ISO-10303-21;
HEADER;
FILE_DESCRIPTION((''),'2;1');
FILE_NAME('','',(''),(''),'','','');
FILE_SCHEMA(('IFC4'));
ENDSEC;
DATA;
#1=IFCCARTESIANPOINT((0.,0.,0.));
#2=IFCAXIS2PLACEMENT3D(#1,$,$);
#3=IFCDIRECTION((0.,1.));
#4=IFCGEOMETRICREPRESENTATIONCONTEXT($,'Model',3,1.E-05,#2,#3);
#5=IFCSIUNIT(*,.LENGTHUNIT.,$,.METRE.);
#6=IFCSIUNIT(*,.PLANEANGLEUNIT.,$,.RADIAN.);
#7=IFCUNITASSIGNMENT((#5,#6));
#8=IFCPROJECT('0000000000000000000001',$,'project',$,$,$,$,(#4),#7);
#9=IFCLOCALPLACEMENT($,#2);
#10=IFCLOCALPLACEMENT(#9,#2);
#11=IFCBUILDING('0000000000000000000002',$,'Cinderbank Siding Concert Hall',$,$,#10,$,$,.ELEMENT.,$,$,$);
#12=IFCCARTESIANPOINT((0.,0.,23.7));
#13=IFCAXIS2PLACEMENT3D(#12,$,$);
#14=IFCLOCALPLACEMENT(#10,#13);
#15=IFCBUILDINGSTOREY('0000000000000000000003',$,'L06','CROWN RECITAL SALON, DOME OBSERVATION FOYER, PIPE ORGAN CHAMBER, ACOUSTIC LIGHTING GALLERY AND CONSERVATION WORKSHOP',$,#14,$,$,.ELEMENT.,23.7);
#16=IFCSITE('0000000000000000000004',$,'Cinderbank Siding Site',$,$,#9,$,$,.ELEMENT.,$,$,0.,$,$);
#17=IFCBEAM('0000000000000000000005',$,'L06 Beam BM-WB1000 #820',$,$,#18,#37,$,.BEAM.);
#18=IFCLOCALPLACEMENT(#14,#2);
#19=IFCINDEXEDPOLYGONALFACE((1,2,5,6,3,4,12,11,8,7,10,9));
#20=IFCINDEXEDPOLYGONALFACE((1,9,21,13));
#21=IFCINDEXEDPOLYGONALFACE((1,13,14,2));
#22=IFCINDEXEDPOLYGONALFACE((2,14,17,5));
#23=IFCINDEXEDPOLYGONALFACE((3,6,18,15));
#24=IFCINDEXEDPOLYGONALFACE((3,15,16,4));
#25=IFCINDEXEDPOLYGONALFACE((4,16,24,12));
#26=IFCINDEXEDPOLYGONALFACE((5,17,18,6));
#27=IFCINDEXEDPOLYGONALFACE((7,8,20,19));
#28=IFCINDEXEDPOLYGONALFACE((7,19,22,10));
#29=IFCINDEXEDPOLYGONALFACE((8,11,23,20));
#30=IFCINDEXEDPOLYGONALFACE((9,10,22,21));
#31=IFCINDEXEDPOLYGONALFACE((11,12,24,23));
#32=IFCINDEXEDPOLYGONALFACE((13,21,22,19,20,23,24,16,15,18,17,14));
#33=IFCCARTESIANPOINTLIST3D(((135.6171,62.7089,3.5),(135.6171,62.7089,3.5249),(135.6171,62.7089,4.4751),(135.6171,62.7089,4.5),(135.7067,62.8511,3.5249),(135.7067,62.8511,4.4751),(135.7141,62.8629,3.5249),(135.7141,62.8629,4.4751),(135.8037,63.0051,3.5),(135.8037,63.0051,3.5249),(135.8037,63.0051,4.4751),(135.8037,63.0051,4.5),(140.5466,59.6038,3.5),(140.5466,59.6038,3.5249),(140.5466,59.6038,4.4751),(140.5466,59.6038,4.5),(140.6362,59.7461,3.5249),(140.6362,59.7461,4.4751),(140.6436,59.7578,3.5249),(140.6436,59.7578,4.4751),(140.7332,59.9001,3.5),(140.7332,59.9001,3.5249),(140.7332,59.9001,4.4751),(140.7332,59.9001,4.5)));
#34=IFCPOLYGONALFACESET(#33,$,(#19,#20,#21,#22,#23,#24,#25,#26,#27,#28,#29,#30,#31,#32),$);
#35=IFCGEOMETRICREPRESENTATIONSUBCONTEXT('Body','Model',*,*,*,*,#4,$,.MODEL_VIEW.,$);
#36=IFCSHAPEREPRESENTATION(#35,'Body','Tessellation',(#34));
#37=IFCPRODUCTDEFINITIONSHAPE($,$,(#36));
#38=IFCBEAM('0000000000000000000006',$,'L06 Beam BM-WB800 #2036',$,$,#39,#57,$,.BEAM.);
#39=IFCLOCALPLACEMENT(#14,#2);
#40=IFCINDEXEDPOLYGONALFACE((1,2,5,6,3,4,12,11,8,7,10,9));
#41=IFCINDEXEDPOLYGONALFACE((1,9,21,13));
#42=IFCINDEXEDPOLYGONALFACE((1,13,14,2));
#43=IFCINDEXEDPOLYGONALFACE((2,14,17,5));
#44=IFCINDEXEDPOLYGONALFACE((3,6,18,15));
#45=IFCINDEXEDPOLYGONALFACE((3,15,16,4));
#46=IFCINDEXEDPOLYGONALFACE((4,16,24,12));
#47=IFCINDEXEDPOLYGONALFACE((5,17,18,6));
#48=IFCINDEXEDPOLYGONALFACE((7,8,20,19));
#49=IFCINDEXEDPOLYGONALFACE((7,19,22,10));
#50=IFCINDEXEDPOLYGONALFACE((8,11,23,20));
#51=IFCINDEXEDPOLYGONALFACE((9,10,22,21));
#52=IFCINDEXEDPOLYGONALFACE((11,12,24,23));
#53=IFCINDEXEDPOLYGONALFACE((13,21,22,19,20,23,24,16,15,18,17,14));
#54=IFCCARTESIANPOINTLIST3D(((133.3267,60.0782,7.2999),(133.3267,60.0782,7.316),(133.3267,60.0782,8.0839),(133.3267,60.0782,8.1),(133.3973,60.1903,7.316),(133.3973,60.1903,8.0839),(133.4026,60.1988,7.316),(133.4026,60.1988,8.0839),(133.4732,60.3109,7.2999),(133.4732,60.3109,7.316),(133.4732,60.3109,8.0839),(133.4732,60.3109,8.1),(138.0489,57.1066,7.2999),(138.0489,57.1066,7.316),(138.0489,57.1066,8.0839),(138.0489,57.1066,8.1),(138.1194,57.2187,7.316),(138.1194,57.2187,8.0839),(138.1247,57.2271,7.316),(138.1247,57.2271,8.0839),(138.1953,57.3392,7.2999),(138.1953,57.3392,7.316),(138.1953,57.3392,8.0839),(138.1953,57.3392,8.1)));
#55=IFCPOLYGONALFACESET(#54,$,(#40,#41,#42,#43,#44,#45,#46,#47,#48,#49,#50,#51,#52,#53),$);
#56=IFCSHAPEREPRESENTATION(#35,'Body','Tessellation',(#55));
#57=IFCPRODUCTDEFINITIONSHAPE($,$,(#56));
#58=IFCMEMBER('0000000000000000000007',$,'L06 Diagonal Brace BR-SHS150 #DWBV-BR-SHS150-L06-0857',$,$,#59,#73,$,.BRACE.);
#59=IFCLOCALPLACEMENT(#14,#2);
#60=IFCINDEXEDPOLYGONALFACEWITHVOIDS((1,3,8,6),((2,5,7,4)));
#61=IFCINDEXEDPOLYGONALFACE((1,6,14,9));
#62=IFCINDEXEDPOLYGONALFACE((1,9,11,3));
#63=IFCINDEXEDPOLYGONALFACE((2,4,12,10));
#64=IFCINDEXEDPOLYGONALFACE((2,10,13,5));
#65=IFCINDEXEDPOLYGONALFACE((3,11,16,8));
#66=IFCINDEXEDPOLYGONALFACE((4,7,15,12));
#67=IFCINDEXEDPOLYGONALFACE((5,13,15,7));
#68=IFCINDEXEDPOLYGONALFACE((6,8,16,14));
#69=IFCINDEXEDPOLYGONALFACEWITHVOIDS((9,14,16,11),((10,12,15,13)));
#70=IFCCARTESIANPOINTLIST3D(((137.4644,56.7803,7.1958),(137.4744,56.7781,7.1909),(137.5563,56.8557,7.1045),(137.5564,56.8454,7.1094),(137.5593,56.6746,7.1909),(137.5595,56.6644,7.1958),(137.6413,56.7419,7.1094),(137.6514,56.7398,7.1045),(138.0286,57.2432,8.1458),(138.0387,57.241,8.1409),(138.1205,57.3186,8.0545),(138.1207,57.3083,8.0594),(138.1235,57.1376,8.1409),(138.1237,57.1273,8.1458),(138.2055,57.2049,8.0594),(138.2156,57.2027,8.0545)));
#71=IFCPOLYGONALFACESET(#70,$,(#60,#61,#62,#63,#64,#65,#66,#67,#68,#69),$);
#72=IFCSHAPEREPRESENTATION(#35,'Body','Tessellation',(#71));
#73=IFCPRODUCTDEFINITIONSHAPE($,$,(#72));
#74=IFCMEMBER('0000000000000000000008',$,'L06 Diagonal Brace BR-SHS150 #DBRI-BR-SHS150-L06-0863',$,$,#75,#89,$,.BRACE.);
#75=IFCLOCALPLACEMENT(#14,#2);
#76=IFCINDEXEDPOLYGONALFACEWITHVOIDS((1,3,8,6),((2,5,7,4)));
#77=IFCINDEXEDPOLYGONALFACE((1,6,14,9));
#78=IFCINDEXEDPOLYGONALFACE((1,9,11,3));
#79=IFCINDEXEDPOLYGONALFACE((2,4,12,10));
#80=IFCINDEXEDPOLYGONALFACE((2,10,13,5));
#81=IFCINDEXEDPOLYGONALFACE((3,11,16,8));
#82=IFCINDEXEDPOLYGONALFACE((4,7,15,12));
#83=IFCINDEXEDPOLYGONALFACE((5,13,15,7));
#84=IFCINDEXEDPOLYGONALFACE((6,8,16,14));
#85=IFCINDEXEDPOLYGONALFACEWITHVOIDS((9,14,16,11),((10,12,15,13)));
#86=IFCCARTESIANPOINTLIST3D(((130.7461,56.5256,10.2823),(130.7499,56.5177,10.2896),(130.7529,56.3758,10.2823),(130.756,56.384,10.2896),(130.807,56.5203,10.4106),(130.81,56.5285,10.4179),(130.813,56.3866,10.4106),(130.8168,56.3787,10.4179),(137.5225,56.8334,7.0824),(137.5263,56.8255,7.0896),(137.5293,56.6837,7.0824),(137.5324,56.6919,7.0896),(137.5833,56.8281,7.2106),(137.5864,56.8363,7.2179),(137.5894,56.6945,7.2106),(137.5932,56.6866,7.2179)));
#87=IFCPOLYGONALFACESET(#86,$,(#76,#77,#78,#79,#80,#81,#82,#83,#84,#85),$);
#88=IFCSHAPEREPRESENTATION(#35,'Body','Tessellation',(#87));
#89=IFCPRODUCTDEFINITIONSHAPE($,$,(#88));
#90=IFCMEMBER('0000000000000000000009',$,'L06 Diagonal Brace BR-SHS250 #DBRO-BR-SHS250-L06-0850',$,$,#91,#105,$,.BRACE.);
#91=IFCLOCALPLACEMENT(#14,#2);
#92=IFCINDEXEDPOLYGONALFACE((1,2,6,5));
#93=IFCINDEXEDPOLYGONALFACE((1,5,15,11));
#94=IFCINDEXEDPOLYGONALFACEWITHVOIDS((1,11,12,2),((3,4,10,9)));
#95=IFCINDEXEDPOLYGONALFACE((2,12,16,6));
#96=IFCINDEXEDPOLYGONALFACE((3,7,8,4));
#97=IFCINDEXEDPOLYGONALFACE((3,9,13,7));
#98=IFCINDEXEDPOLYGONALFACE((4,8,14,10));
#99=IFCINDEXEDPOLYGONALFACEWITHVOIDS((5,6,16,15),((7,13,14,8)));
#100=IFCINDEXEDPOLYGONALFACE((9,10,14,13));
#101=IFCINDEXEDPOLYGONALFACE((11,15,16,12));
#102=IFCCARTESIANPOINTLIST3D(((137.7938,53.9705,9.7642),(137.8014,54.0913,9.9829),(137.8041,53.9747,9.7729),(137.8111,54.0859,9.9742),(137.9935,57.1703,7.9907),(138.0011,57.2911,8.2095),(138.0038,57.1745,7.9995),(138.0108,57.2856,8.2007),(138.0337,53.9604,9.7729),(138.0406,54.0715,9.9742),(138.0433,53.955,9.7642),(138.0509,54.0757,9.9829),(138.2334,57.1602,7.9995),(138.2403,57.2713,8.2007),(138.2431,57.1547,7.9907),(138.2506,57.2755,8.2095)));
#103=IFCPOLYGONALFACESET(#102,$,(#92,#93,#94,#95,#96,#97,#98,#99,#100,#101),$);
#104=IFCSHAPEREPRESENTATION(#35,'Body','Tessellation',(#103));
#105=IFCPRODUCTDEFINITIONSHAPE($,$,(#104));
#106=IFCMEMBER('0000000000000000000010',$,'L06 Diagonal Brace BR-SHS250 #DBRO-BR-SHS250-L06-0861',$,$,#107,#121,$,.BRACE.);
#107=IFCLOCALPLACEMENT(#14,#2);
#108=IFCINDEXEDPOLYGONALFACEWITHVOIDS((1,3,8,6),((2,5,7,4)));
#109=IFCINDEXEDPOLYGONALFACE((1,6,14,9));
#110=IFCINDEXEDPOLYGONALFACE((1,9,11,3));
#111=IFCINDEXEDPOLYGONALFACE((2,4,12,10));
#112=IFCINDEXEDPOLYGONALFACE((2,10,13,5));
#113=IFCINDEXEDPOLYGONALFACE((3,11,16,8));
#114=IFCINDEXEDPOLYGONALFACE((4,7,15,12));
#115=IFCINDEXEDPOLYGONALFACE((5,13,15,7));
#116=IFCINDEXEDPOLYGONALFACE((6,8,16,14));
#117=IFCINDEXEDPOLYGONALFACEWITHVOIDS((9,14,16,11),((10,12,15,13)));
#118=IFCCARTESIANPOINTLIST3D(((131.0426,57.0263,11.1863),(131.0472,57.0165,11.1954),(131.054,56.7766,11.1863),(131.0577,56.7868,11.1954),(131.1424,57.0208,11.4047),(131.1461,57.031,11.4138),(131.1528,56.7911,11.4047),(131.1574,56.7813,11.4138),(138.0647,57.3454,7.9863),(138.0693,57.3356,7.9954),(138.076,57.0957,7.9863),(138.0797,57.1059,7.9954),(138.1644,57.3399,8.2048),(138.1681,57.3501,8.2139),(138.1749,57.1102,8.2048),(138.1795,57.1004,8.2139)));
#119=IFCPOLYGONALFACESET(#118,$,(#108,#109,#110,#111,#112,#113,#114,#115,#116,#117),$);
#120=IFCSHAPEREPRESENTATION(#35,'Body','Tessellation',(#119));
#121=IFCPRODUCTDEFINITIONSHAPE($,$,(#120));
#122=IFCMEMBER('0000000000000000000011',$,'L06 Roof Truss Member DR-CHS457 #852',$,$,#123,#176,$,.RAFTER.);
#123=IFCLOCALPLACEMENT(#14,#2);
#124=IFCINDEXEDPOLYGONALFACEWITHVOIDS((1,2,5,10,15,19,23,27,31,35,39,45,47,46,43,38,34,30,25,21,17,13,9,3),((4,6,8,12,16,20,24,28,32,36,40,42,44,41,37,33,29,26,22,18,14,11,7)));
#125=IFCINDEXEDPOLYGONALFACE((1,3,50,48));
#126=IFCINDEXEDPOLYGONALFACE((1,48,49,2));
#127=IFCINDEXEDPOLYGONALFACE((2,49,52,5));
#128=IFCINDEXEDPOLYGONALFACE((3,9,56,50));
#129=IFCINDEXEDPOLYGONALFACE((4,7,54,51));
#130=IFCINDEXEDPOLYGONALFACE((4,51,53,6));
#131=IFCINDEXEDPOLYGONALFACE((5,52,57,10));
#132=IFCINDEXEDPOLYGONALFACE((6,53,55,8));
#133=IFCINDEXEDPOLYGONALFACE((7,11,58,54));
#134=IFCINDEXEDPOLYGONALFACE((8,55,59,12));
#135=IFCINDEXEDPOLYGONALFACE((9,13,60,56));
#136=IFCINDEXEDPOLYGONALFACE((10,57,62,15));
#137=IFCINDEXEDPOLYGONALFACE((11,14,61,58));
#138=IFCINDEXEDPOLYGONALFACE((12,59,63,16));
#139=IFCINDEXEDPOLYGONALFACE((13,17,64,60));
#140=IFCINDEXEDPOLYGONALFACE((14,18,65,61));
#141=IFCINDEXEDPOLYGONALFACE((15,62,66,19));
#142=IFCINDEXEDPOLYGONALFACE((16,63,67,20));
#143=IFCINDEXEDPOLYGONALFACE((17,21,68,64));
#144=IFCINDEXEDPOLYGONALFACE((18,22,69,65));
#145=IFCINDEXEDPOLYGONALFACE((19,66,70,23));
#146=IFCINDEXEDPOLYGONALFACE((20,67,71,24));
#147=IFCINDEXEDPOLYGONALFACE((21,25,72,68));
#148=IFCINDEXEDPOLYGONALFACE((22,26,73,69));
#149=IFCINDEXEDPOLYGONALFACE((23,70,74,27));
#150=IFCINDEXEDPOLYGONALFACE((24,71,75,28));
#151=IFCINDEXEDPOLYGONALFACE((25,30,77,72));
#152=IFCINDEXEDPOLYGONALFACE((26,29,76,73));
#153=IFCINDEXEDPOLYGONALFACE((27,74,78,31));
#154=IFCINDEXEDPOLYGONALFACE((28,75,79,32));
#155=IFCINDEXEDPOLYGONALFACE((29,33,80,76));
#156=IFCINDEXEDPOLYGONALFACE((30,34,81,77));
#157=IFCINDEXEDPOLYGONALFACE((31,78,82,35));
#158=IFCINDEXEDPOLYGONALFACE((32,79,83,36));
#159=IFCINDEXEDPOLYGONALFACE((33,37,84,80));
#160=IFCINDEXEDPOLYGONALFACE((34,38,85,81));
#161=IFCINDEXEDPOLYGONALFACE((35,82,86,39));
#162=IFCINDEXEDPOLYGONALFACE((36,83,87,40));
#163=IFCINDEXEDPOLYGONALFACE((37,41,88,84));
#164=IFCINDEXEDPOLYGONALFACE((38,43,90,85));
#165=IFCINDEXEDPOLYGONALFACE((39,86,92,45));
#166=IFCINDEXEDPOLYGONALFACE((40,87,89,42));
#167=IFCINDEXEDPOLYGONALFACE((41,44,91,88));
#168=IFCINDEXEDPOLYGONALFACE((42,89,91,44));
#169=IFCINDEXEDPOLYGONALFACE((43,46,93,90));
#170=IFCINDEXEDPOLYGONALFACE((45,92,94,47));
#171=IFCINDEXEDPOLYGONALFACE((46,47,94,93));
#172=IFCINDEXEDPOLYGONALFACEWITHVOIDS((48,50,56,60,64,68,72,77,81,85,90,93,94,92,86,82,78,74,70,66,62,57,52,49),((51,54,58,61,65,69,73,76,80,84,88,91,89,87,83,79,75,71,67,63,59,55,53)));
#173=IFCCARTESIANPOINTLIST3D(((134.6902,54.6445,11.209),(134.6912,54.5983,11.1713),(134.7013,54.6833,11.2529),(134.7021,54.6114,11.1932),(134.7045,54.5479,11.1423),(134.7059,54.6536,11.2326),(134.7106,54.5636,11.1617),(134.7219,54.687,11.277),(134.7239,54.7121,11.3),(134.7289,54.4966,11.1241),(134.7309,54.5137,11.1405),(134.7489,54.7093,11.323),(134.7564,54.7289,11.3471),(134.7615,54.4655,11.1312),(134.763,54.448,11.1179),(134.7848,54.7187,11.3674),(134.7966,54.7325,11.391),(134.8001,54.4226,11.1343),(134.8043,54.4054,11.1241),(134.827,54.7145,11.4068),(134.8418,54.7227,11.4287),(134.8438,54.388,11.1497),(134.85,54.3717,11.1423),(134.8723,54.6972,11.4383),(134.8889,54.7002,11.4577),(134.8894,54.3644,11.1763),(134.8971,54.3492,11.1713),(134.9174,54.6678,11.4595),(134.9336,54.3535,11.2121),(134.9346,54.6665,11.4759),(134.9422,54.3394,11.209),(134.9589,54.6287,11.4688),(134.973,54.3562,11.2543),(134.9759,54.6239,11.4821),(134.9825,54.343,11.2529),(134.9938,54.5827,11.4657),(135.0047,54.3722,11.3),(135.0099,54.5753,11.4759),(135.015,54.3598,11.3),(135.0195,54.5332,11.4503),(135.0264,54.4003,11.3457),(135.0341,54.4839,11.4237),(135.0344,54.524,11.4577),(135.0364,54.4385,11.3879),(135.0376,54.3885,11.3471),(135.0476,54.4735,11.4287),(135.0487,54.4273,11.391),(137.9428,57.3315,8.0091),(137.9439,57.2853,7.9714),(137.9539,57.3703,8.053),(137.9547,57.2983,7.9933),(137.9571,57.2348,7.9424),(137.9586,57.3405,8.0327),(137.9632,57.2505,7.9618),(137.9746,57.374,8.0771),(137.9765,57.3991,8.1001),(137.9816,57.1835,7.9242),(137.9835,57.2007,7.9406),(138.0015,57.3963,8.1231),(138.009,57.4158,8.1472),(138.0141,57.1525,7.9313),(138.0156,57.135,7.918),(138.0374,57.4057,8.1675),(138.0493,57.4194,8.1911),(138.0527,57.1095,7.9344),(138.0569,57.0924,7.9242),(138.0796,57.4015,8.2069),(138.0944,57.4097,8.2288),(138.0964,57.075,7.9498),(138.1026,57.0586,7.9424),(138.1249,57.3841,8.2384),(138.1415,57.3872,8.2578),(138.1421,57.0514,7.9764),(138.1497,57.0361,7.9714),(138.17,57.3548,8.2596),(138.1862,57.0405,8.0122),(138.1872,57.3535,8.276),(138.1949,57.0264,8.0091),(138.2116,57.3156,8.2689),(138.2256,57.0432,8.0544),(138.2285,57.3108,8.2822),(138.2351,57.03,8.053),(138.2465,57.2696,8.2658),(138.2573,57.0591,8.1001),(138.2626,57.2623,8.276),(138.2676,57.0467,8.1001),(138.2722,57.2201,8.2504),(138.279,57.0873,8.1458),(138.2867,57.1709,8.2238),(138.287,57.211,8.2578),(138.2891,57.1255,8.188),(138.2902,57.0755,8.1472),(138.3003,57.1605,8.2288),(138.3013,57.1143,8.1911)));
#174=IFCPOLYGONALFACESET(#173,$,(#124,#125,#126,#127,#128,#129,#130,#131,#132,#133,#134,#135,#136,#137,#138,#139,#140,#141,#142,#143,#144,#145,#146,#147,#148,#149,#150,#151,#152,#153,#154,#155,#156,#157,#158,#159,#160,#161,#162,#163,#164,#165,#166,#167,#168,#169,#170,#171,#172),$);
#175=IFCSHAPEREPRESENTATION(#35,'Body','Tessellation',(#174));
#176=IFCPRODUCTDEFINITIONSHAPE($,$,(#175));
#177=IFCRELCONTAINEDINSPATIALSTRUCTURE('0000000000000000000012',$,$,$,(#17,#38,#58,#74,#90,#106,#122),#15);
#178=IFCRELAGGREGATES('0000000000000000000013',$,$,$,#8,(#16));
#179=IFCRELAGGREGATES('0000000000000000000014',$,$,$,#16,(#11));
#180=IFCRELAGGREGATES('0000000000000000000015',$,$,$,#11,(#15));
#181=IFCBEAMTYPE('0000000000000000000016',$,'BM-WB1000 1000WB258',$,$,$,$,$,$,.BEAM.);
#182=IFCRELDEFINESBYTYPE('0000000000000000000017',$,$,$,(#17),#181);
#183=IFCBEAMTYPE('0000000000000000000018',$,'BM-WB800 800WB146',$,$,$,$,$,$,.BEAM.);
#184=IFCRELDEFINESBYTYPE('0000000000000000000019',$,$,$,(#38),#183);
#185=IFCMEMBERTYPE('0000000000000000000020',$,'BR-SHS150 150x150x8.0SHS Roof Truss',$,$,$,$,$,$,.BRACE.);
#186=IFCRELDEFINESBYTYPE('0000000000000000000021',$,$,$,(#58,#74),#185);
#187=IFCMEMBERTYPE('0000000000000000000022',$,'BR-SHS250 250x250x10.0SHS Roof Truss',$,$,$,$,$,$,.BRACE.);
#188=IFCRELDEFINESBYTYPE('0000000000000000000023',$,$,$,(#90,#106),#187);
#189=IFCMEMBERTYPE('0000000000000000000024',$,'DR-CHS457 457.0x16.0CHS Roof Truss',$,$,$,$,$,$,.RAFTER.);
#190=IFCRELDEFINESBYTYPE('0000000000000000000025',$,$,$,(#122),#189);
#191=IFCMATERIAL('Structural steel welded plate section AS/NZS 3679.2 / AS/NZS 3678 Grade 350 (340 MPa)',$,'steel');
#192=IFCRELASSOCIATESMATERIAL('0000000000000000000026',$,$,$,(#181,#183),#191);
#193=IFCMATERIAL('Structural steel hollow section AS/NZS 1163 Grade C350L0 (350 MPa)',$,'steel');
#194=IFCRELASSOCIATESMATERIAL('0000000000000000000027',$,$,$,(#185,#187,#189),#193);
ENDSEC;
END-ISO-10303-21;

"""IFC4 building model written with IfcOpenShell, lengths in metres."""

from ifc_helpers import new_model, si_unit, direction, frame, origin, origin_2d, place, context, subcontext, project, spatial, hollow_rectangle, hollow_circle, i_section, extrude, material, material_profile, profile_set, type_object, element, save


model = new_model("IFC4")

# Units and contexts
model_context = context("Model", 3, precision=1e-05, world=origin(), true_north=direction((0.0, 1.0)))
body_context = subcontext(model_context, "Body", "Model", "MODEL_VIEW")
ifc_project = project(units=[si_unit("LENGTHUNIT", "METRE"), si_unit("PLANEANGLEUNIT", "RADIAN")], contexts=[model_context])

# Site, building, storey
site_placement = place(None, origin())
site = spatial("IfcSite", under=ifc_project, at=site_placement, Name="Cinderbank Siding Site", CompositionType="ELEMENT", RefElevation=0.0)
building_placement = place(site_placement, origin())
building = spatial("IfcBuilding", under=site, at=building_placement, Name="Cinderbank Siding Concert Hall", CompositionType="ELEMENT")
storey_placement = place(building_placement, frame((0.0, 0.0, 23.7)))
storey = spatial("IfcBuildingStorey", under=building, at=storey_placement, Name="L06", Description="CROWN RECITAL SALON, DOME OBSERVATION FOYER, PIPE ORGAN CHAMBER, ACOUSTIC LIGHTING GALLERY AND CONSERVATION WORKSHOP", CompositionType="ELEMENT", Elevation=23.7)

# Beams
ifc_material_1 = material(Name="Structural steel welded plate section AS/NZS 3679.2 / AS/NZS 3678 Grade 350 (340 MPa)", Category="steel")
ifc_material_profile_1 = material_profile(ifc_material_1, i_section(OverallWidth=0.3501, OverallDepth=1.0, WebThickness=0.0139, FlangeThickness=0.0249, at=origin_2d()), Name="1000WB258", Category="LoadBearing")
ifc_profile_set_1 = profile_set([ifc_material_profile_1], Name="Structural steel welded plate section AS/NZS 3679.2 / AS/NZS 3678 Grade 350 (340 MPa)")
beam_type_1 = type_object("IfcBeamType", Name="BM-WB1000 1000WB258", PredefinedType="BEAM", material=ifc_profile_set_1)
beam_1_placement = place(storey_placement, frame((140.6399, 59.752, 4.0), z_axis=(-0.846136, 0.532968, 0.0), x_axis=(-0.532968, -0.846136, 0.0)))
element("IfcBeam", 1, at=beam_1_placement, inside=storey, type_object=beam_type_1, Name="L06 Beam BM-WB1000 #820", PredefinedType="BEAM", context=body_context, shape_type="SweptSolid", body=[
    extrude(i_section(OverallWidth=0.3501, OverallDepth=1.0, WebThickness=0.0139, FlangeThickness=0.0249, at=origin_2d()), origin(), (0.0, 0.0, 1.0), 5.8259),
])
ifc_material_profile_2 = material_profile(ifc_material_1, i_section(OverallWidth=0.2749, OverallDepth=0.8, WebThickness=0.01, FlangeThickness=0.0161, at=origin_2d()), Name="800WB146", Category="LoadBearing")
ifc_profile_set_2 = profile_set([ifc_material_profile_2], Name="Structural steel welded plate section AS/NZS 3679.2 / AS/NZS 3678 Grade 350 (340 MPa)")
beam_type_2 = type_object("IfcBeamType", Name="BM-WB800 800WB146", PredefinedType="BEAM", material=ifc_profile_set_2)
beam_2_placement = place(storey_placement, frame((138.1221, 57.2229, 7.7), z_axis=(-0.846357, 0.532616, 0.0), x_axis=(-0.532616, -0.846357, 0.0)))
element("IfcBeam", 2, at=beam_2_placement, inside=storey, type_object=beam_type_2, Name="L06 Beam BM-WB800 #2036", PredefinedType="BEAM", context=body_context, shape_type="SweptSolid", body=[
    extrude(i_section(OverallWidth=0.2749, OverallDepth=0.8, WebThickness=0.01, FlangeThickness=0.0161, at=origin_2d()), origin(), (0.0, 0.0, 1.0), 5.5793),
])

# Members
ifc_material_2 = material(Name="Structural steel hollow section AS/NZS 1163 Grade C350L0 (350 MPa)", Category="steel")
ifc_material_profile_3 = material_profile(ifc_material_2, hollow_rectangle(XDim=0.1499, YDim=0.1499, WallThickness=0.0081, at=origin_2d()), Name="150x150x8.0SHS", Category="LoadBearing")
ifc_profile_set_3 = profile_set([ifc_material_profile_3], Name="Structural steel hollow section AS/NZS 1163 Grade C350L0 (350 MPa)")
member_type_1 = type_object("IfcMemberType", Name="BR-SHS150 150x150x8.0SHS Roof Truss", PredefinedType="BRACE", material=ifc_profile_set_3)
member_1_placement = place(storey_placement, frame((137.5579, 56.76, 7.1501), z_axis=(0.470991, 0.386413, 0.793002), x_axis=(-0.634276, 0.773107, 0.0)))
element("IfcMember", 3, at=member_1_placement, inside=storey, type_object=member_type_1, Name="L06 Diagonal Brace BR-SHS150 #DWBV-BR-SHS150-L06-0857", PredefinedType="BRACE", context=body_context, shape_type="SweptSolid", body=[
    extrude(hollow_rectangle(XDim=0.1499, YDim=0.1499, WallThickness=0.0081, at=origin_2d()), origin(), (0.0, 0.0, 1.0), 1.198),
])
member_2_placement = place(storey_placement, frame((137.5579, 56.76, 7.1501), z_axis=(-0.903487, -0.041047, 0.426646), x_axis=(0.045385, -0.99897, 0.0)))
element("IfcMember", 4, at=member_2_placement, inside=storey, type_object=member_type_1, Name="L06 Diagonal Brace BR-SHS150 #DBRI-BR-SHS150-L06-0863", PredefinedType="BRACE", context=body_context, shape_type="SweptSolid", body=[
    extrude(hollow_rectangle(XDim=0.1499, YDim=0.1499, WallThickness=0.0081, at=origin_2d()), origin(), (0.0, 0.0, 1.0), 7.5002),
])
ifc_material_profile_4 = material_profile(ifc_material_2, hollow_rectangle(XDim=0.25, YDim=0.25, WallThickness=0.01, at=origin_2d()), Name="250x250x10.0SHS", Category="LoadBearing")
ifc_profile_set_4 = profile_set([ifc_material_profile_4], Name="Structural steel hollow section AS/NZS 1163 Grade C350L0 (350 MPa)")
member_type_2 = type_object("IfcMemberType", Name="BR-SHS250 250x250x10.0SHS Roof Truss", PredefinedType="BRACE", material=ifc_profile_set_4)
member_3_placement = place(storey_placement, frame((138.1221, 57.2229, 8.1001), z_axis=(-0.054509, -0.873341, 0.484049), x_axis=(0.998058, -0.062293, 0.0)))
element("IfcMember", 5, at=member_3_placement, inside=storey, type_object=member_type_2, Name="L06 Diagonal Brace BR-SHS250 #DBRO-BR-SHS250-L06-0850", PredefinedType="BRACE", context=body_context, shape_type="SweptSolid", body=[
    extrude(hollow_rectangle(XDim=0.25, YDim=0.25, WallThickness=0.01, at=origin_2d()), origin(), (0.0, 0.0, 1.0), 3.6638),
])
member_4_placement = place(storey_placement, frame((138.1221, 57.2229, 8.1001), z_axis=(-0.909191, -0.041315, 0.414323), x_axis=(0.045395, -0.998969, 0.0)))
element("IfcMember", 6, at=member_4_placement, inside=storey, type_object=member_type_2, Name="L06 Diagonal Brace BR-SHS250 #DBRO-BR-SHS250-L06-0861", PredefinedType="BRACE", context=body_context, shape_type="SweptSolid", body=[
    extrude(hollow_rectangle(XDim=0.25, YDim=0.25, WallThickness=0.01, at=origin_2d()), origin(), (0.0, 0.0, 1.0), 7.7234),
])
ifc_material_profile_5 = material_profile(ifc_material_2, hollow_circle(Radius=0.2285, WallThickness=0.0161, at=origin_2d()), Name="457.0x16.0CHS", Category="LoadBearing")
ifc_profile_set_5 = profile_set([ifc_material_profile_5], Name="Structural steel hollow section AS/NZS 1163 Grade C350L0 (350 MPa)")
member_type_3 = type_object("IfcMemberType", Name="DR-CHS457 457.0x16.0CHS Roof Truss", PredefinedType="RAFTER", material=ifc_profile_set_5)
member_5_placement = place(storey_placement, frame((138.1221, 57.2229, 8.1001), z_axis=(-0.614265, -0.507438, 0.604306), x_axis=(0.636883, -0.770961, 0.0)))
element("IfcMember", 7, at=member_5_placement, inside=storey, type_object=member_type_3, Name="L06 Roof Truss Member DR-CHS457 #852", PredefinedType="RAFTER", context=body_context, shape_type="SweptSolid", body=[
    extrude(hollow_circle(Radius=0.2285, WallThickness=0.0161, at=origin_2d()), origin(), (0.0, 0.0, 1.0), 5.2952),
])

save(model, "model.ifc")
